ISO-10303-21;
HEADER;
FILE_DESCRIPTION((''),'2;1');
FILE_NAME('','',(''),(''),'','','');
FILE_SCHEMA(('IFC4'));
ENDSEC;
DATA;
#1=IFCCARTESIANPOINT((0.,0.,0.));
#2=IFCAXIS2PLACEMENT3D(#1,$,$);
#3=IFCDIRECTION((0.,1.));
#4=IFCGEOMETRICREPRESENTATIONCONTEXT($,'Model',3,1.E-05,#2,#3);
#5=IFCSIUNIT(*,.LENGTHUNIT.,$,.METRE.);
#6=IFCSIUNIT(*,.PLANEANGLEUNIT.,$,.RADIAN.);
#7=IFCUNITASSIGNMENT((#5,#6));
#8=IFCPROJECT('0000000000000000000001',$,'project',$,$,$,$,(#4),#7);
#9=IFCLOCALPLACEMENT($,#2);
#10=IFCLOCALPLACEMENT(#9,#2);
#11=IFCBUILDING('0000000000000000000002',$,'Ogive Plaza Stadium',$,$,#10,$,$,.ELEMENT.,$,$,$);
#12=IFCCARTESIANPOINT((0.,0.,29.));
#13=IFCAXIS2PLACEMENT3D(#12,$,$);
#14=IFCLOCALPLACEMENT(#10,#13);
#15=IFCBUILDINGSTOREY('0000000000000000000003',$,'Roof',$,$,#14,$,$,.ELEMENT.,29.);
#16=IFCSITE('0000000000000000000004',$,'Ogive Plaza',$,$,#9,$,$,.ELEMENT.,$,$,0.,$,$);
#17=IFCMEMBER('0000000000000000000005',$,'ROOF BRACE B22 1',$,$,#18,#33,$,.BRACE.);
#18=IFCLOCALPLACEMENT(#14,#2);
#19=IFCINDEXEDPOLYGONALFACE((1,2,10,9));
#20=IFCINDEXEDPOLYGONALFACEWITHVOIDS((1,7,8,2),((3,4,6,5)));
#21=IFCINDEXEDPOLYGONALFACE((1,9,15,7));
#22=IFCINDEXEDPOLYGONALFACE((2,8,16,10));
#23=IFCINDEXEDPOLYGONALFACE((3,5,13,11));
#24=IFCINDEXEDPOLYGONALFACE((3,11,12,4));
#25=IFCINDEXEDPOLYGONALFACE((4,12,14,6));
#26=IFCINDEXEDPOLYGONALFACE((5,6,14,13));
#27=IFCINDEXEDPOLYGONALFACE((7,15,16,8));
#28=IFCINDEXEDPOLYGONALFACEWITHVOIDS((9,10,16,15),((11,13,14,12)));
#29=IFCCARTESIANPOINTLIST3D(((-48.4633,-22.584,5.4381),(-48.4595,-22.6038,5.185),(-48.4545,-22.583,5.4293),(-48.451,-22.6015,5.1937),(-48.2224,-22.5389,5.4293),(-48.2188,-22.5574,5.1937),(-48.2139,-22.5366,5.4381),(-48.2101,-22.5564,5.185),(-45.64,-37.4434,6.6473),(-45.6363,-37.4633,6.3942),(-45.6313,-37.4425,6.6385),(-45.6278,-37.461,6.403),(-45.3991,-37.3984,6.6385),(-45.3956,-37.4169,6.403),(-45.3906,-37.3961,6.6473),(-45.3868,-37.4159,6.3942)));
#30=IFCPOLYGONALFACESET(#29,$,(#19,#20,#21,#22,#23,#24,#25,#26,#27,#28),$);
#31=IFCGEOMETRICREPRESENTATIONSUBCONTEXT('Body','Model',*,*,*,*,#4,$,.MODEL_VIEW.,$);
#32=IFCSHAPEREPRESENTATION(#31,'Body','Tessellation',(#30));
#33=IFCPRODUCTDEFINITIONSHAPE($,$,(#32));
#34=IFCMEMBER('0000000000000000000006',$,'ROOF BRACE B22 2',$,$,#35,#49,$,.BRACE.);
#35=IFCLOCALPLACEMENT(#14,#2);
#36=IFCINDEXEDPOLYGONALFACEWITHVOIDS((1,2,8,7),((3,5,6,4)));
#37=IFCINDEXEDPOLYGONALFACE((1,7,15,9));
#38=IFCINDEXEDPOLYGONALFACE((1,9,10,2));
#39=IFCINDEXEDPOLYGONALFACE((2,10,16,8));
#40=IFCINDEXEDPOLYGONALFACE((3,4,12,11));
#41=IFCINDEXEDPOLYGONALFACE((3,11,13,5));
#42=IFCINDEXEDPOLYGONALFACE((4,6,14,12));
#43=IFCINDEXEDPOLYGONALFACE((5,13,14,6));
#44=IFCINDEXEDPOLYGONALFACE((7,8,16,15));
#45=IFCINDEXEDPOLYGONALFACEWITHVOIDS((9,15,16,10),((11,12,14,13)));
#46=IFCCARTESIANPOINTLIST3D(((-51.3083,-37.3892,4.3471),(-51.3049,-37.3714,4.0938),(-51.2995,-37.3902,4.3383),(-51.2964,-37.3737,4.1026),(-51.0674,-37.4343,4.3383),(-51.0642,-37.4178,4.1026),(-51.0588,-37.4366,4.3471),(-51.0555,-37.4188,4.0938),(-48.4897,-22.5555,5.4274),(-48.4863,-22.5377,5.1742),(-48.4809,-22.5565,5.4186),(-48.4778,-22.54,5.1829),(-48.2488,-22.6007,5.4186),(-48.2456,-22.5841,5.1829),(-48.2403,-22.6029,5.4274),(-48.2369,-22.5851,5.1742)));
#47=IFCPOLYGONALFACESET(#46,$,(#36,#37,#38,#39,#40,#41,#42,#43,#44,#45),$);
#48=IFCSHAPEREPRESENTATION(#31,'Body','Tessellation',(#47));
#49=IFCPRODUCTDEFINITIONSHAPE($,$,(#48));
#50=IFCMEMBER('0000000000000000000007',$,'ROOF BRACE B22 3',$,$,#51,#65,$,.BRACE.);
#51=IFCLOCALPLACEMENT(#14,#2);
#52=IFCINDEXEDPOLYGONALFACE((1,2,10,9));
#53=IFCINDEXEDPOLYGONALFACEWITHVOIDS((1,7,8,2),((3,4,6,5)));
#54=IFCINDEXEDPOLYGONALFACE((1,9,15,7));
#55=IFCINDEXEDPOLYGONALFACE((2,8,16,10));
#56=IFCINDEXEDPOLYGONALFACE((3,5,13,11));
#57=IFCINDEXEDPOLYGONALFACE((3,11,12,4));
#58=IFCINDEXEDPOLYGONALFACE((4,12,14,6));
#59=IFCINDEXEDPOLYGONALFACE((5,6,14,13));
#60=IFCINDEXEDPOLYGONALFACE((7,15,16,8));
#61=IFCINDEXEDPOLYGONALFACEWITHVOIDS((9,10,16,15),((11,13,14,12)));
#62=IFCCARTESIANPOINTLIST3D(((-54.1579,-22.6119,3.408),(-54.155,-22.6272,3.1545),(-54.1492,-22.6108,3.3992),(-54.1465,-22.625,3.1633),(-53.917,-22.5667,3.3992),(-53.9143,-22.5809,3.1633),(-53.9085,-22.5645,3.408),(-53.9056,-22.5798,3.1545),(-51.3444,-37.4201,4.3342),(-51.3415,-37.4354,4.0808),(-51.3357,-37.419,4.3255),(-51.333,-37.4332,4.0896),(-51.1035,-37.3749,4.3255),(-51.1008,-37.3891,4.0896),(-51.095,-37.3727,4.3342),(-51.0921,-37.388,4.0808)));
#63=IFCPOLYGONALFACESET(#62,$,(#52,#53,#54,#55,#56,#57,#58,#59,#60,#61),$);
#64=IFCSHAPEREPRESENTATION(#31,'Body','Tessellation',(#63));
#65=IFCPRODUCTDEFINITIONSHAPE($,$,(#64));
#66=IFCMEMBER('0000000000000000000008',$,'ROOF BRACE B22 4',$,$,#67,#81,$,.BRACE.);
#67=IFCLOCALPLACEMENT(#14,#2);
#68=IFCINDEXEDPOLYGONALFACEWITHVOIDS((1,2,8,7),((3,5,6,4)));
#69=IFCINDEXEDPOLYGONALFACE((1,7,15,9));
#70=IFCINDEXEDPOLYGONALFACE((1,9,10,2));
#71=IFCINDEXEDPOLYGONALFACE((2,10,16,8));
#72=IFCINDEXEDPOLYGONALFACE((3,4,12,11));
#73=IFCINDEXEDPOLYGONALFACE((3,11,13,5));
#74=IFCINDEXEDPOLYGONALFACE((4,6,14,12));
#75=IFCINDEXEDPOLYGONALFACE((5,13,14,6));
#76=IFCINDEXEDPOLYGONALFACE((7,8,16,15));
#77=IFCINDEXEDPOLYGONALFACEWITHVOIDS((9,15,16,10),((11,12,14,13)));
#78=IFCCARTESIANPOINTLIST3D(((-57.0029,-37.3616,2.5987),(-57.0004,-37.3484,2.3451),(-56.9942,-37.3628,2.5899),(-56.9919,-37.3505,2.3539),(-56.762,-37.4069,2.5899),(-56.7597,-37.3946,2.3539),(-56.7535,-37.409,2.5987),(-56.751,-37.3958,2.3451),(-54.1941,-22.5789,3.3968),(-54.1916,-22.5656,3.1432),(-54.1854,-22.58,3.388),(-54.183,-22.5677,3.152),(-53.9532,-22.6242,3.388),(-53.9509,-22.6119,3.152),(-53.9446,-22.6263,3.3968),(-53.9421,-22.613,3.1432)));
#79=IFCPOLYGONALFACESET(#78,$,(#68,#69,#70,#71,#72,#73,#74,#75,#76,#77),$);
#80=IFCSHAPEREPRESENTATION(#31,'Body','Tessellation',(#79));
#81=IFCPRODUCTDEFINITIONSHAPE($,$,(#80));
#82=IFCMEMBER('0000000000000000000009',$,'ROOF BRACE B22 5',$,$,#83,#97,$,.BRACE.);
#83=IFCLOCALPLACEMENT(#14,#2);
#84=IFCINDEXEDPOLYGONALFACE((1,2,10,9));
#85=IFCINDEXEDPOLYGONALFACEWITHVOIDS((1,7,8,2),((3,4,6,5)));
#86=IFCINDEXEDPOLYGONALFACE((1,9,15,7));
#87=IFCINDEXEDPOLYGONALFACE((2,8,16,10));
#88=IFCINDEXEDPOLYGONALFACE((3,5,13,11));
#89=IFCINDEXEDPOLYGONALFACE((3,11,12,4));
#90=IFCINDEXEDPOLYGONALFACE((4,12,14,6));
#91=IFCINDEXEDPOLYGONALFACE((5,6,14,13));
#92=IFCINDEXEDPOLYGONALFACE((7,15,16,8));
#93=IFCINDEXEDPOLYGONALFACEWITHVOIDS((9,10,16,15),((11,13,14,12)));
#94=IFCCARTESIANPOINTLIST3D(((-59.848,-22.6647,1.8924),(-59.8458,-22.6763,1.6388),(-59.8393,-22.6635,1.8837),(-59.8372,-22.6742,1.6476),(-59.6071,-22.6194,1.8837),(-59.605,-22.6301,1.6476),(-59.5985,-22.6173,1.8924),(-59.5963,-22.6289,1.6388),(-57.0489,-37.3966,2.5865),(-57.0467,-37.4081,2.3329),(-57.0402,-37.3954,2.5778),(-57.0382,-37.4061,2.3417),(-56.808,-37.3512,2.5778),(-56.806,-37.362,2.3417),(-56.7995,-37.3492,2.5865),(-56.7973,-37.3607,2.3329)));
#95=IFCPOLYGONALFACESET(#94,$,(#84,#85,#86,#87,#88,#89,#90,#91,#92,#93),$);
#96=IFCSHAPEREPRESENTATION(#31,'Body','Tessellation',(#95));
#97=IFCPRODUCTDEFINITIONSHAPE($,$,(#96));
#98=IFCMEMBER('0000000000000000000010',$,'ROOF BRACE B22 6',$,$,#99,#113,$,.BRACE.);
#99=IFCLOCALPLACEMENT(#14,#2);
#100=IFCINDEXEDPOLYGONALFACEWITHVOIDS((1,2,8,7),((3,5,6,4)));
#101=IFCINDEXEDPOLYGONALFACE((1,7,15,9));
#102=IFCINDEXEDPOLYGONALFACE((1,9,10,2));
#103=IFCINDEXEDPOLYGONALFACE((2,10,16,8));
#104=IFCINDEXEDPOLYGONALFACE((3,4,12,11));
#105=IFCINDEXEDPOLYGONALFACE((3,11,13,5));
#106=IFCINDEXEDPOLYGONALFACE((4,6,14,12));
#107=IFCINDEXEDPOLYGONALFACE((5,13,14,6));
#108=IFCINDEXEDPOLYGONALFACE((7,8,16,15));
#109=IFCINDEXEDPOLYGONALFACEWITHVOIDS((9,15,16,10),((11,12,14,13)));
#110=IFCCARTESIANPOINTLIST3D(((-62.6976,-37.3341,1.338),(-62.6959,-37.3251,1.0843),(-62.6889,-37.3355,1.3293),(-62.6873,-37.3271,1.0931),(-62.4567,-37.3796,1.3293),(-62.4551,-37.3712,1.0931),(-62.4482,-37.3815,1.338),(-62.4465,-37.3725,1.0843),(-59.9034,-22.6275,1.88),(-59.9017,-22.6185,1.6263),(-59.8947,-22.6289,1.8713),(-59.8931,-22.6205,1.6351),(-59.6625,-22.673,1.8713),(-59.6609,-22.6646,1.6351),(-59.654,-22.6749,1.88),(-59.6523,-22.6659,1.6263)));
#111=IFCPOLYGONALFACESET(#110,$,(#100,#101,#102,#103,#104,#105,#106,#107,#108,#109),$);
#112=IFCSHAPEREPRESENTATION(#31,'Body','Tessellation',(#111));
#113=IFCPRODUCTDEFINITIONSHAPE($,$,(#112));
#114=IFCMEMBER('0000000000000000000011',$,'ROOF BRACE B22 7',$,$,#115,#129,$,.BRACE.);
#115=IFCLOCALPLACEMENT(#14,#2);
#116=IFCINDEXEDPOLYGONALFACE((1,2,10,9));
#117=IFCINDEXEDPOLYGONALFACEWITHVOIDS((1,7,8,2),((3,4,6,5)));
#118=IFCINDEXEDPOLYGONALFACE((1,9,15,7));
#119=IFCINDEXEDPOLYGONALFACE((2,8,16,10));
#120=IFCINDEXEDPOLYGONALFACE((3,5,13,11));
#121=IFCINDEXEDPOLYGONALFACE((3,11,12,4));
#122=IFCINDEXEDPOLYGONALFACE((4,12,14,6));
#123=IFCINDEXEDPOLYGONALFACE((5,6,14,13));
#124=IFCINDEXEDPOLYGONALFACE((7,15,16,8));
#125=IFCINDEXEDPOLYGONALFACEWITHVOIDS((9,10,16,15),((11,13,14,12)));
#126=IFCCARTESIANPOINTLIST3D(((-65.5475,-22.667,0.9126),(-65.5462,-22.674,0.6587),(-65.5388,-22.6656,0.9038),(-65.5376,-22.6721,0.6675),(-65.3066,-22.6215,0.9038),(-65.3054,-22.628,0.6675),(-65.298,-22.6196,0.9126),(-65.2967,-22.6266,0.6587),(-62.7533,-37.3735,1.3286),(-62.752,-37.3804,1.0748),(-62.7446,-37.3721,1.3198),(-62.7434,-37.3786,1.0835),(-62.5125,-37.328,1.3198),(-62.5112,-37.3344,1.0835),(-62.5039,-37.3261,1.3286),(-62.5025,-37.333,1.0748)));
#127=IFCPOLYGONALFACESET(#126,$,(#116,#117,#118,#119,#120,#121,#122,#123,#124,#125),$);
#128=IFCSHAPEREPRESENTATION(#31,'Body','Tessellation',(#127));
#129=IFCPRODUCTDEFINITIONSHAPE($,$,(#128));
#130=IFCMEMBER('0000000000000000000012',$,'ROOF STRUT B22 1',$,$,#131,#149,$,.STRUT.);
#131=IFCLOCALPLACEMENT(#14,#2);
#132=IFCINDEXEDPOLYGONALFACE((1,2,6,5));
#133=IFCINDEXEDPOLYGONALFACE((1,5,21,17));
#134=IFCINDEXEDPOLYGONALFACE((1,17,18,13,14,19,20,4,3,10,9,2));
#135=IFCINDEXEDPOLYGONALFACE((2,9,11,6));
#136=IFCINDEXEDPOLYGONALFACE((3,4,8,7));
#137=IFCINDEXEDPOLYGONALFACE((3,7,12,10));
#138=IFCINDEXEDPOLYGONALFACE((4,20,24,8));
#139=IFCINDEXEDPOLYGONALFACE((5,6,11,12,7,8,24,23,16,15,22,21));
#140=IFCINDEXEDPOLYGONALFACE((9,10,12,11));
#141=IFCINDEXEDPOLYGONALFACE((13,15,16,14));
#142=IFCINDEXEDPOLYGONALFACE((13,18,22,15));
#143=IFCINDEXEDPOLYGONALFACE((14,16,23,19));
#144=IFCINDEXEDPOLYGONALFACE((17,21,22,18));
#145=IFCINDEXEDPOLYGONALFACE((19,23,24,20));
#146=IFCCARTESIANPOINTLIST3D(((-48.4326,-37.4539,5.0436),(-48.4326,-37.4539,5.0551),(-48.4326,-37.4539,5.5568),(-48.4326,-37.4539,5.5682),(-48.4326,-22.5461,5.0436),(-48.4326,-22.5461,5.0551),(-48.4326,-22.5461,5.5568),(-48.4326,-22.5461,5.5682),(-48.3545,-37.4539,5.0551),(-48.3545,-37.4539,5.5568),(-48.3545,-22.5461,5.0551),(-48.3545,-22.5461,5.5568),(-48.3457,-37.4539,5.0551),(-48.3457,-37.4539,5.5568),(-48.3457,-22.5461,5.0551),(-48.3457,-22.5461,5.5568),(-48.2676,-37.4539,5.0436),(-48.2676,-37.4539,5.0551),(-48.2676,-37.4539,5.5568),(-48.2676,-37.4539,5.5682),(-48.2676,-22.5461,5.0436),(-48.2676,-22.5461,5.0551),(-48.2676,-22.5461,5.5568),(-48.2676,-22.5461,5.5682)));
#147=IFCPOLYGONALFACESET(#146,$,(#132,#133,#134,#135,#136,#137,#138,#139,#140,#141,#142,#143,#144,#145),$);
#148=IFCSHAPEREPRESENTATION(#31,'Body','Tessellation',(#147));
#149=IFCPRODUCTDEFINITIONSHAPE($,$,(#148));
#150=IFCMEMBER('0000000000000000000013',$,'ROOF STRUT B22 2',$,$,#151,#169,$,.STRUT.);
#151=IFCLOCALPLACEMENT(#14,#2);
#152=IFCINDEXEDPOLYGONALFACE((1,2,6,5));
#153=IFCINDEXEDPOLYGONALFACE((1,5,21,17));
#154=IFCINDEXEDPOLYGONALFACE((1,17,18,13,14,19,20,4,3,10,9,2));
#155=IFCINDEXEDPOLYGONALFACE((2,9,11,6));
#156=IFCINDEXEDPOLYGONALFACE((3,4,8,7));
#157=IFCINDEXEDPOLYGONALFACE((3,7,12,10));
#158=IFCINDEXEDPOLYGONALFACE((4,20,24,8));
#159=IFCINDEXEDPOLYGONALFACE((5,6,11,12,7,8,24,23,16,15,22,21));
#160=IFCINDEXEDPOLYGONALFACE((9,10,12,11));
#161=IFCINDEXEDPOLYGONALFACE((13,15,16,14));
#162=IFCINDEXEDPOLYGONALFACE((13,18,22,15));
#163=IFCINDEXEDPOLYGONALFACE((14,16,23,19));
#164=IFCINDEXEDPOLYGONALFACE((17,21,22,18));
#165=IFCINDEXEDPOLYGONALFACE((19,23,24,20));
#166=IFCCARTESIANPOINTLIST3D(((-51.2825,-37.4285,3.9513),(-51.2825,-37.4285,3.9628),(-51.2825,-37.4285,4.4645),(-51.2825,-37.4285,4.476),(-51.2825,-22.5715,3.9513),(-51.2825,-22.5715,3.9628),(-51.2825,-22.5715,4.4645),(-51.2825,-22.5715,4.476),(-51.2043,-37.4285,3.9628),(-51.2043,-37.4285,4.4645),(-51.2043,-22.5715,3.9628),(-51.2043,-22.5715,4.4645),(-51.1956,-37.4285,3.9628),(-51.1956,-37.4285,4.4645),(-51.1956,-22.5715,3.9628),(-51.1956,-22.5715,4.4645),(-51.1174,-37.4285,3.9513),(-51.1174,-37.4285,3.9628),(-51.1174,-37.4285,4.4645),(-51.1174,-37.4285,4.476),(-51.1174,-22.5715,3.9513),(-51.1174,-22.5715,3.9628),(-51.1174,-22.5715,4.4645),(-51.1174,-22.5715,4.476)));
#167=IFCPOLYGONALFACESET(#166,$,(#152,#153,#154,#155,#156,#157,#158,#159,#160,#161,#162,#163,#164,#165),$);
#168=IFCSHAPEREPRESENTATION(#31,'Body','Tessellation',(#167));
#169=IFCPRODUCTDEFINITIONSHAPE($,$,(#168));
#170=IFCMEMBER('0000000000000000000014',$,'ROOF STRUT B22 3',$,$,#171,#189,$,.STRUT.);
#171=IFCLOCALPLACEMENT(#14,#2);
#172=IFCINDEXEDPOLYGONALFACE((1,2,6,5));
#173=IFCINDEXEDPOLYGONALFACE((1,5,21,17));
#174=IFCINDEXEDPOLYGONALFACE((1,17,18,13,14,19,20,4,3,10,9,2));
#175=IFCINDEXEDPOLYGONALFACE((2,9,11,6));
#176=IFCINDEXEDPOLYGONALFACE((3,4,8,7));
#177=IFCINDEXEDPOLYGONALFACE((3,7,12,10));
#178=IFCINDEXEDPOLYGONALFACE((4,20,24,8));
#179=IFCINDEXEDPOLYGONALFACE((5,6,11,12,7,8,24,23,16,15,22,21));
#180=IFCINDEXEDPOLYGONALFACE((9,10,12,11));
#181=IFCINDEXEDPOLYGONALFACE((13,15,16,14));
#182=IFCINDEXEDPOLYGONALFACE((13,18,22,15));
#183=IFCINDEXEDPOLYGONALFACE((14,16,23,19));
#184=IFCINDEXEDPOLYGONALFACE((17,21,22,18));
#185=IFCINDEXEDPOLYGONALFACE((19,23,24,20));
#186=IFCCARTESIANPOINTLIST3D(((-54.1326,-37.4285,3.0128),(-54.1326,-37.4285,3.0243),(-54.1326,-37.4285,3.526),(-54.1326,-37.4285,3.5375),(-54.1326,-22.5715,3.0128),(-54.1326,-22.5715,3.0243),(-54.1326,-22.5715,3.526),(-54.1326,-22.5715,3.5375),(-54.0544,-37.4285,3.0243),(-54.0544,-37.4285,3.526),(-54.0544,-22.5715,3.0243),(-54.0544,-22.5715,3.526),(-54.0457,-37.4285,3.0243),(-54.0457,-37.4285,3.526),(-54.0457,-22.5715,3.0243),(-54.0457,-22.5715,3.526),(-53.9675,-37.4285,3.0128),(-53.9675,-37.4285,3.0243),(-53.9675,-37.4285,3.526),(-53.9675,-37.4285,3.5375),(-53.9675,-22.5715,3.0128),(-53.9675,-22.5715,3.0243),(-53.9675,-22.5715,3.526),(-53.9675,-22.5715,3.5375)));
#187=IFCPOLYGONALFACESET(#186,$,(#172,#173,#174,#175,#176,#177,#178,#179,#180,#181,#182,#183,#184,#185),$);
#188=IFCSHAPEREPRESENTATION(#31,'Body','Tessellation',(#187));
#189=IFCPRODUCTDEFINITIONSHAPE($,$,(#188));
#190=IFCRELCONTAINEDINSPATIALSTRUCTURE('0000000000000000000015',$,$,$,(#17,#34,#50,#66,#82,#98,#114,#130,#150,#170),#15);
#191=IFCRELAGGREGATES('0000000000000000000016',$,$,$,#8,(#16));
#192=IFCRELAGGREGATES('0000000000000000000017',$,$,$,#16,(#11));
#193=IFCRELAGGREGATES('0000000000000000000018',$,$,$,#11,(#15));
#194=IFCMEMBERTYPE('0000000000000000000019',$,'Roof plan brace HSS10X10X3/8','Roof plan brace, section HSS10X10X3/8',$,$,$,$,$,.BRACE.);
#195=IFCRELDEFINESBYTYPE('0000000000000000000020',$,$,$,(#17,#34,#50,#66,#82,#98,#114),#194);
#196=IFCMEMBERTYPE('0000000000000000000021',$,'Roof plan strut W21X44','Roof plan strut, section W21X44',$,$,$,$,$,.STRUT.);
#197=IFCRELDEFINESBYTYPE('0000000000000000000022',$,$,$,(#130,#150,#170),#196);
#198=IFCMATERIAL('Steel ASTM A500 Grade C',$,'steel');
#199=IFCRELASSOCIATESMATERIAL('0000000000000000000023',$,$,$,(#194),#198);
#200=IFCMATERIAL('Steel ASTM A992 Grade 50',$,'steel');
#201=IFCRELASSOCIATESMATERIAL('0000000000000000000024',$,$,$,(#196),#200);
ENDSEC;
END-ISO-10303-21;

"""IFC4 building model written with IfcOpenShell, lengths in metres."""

from ifc_helpers import new_model, si_unit, direction, frame, origin, origin_2d, place, context, subcontext, project, spatial, hollow_rectangle, i_section, extrude, material, material_profile, profile_set, type_object, element, save


model = new_model("IFC4")

# Units and contexts
model_context = context("Model", 3, precision=1e-05, world=origin(), true_north=direction((0.0, 1.0)))
body_context = subcontext(model_context, "Body", "Model", "MODEL_VIEW")
ifc_project = project(units=[si_unit("LENGTHUNIT", "METRE"), si_unit("PLANEANGLEUNIT", "RADIAN")], contexts=[model_context])

# Site, building, storey
site_placement = place(None, origin())
site = spatial("IfcSite", under=ifc_project, at=site_placement, Name="Ogive Plaza", CompositionType="ELEMENT", RefElevation=0.0)
building_placement = place(site_placement, origin())
building = spatial("IfcBuilding", under=site, at=building_placement, Name="Ogive Plaza Stadium", CompositionType="ELEMENT")
storey_placement = place(building_placement, frame((0.0, 0.0, 29.0)))
storey = spatial("IfcBuildingStorey", under=building, at=storey_placement, Name="Roof", CompositionType="ELEMENT", Elevation=29.0)

# Members
ifc_material_1 = material(Name="Steel ASTM A500 Grade C", Category="steel")
ifc_material_profile_1 = material_profile(ifc_material_1, hollow_rectangle(XDim=0.2539, YDim=0.2539, WallThickness=0.0088, at=origin_2d()), Name="HSS10X10X3/8")
ifc_profile_set_1 = profile_set([ifc_material_profile_1], Name="Steel ASTM A500 Grade C")
member_type_1 = type_object("IfcMemberType", Name="Roof plan brace HSS10X10X3/8", Description="Roof plan brace, section HSS10X10X3/8", PredefinedType="BRACE", material=ifc_profile_set_1)
member_1_placement = place(storey_placement, frame((-45.5134, -37.4297, 6.5208), z_axis=(-0.186064, 0.9793, -0.079694), x_axis=(-0.982425, -0.186658, 0.0)))
element("IfcMember", 1, at=member_1_placement, inside=storey, type_object=member_type_1, Name="ROOF BRACE B22 1", PredefinedType="BRACE", context=body_context, shape_type="SweptSolid", body=[
    extrude(hollow_rectangle(XDim=0.2539, YDim=0.2539, WallThickness=0.0088, at=origin_2d()), origin(), (0.0, 0.0, 1.0), 15.1736),
])
member_2_placement = place(storey_placement, frame((-48.3633, -22.5703, 5.3008), z_axis=(-0.186197, -0.979917, -0.071366), x_axis=(0.982422, -0.186673, 0.0)))
element("IfcMember", 2, at=member_2_placement, inside=storey, type_object=member_type_1, Name="ROOF BRACE B22 2", PredefinedType="BRACE", context=body_context, shape_type="SweptSolid", body=[
    extrude(hollow_rectangle(XDim=0.2539, YDim=0.2539, WallThickness=0.0088, at=origin_2d()), origin(), (0.0, 0.0, 1.0), 15.1377),
])
member_3_placement = place(storey_placement, frame((-51.2183, -37.4041, 4.2075), z_axis=(-0.186305, 0.980575, -0.061336), x_axis=(-0.982425, -0.186657, 0.0)))
element("IfcMember", 3, at=member_3_placement, inside=storey, type_object=member_type_1, Name="ROOF BRACE B22 3", PredefinedType="BRACE", context=body_context, shape_type="SweptSolid", body=[
    extrude(hollow_rectangle(XDim=0.2539, YDim=0.2539, WallThickness=0.0088, at=origin_2d()), origin(), (0.0, 0.0, 1.0), 15.1016),
])
member_4_placement = place(storey_placement, frame((-54.0681, -22.5959, 3.27), z_axis=(-0.186406, -0.981044, -0.052965), x_axis=(0.982423, -0.186668, 0.0)))
element("IfcMember", 4, at=member_4_placement, inside=storey, type_object=member_type_1, Name="ROOF BRACE B22 4", PredefinedType="BRACE", context=body_context, shape_type="SweptSolid", body=[
    extrude(hollow_rectangle(XDim=0.2539, YDim=0.2539, WallThickness=0.0088, at=origin_2d()), origin(), (0.0, 0.0, 1.0), 15.0684),
])
member_5_placement = place(storey_placement, frame((-56.9231, -37.3787, 2.4597), z_axis=(-0.186461, 0.981374, -0.046237), x_axis=(-0.982424, -0.186661, 0.0)))
element("IfcMember", 5, at=member_5_placement, inside=storey, type_object=member_type_1, Name="ROOF BRACE B22 5", PredefinedType="BRACE", context=body_context, shape_type="SweptSolid", body=[
    extrude(hollow_rectangle(XDim=0.2539, YDim=0.2539, WallThickness=0.0088, at=origin_2d()), origin(), (0.0, 0.0, 1.0), 15.0115),
])
member_6_placement = place(storey_placement, frame((-59.7778, -22.6467, 1.7532), z_axis=(-0.186535, -0.981782, -0.036182), x_axis=(0.982425, -0.186657, 0.0)))
element("IfcMember", 6, at=member_6_placement, inside=storey, type_object=member_type_1, Name="ROOF BRACE B22 6", PredefinedType="BRACE", context=body_context, shape_type="SweptSolid", body=[
    extrude(hollow_rectangle(XDim=0.2539, YDim=0.2539, WallThickness=0.0088, at=origin_2d()), origin(), (0.0, 0.0, 1.0), 14.9795),
])
member_7_placement = place(storey_placement, frame((-62.6279, -37.3533, 1.2017), z_axis=(-0.186585, 0.982046, -0.02778), x_axis=(-0.982425, -0.186657, 0.0)))
element("IfcMember", 7, at=member_7_placement, inside=storey, type_object=member_type_1, Name="ROOF BRACE B22 7", PredefinedType="BRACE", context=body_context, shape_type="SweptSolid", body=[
    extrude(hollow_rectangle(XDim=0.2539, YDim=0.2539, WallThickness=0.0088, at=origin_2d()), origin(), (0.0, 0.0, 1.0), 14.9753),
])
ifc_material_2 = material(Name="Steel ASTM A992 Grade 50", Category="steel")
ifc_material_profile_2 = material_profile(ifc_material_2, i_section(OverallWidth=0.165, OverallDepth=0.5247, WebThickness=0.0088, FlangeThickness=0.0115, at=origin_2d()), Name="W21X44")
ifc_profile_set_2 = profile_set([ifc_material_profile_2], Name="Steel ASTM A992 Grade 50")
member_type_2 = type_object("IfcMemberType", Name="Roof plan strut W21X44", Description="Roof plan strut, section W21X44", PredefinedType="STRUT", material=ifc_profile_set_2)
member_8_placement = place(storey_placement, frame((-48.3501, -37.4539, 5.3059), z_axis=(0.0, 1.0, 0.0), x_axis=(-1.0, 0.0, 0.0)))
element("IfcMember", 8, at=member_8_placement, inside=storey, type_object=member_type_2, Name="ROOF STRUT B22 1", PredefinedType="STRUT", context=body_context, shape_type="SweptSolid", body=[
    extrude(i_section(OverallWidth=0.165, OverallDepth=0.5247, WebThickness=0.0088, FlangeThickness=0.0115, at=origin_2d()), origin(), (0.0, 0.0, 1.0), 14.9077),
])
for number, where, z_axis, x_axis, name in (
    (9, (-51.2, -37.4285, 4.2136), (0.0, 1.0, 0.0), (-1.0, 0.0, 0.0), "ROOF STRUT B22 2"),
    (10, (-54.05, -37.4285, 3.2751), (0.0, 1.0, 0.0), (-1.0, 0.0, 0.0), "ROOF STRUT B22 3"),
):
    element("IfcMember", number, at=place(storey_placement, frame(where, z_axis=z_axis, x_axis=x_axis)), inside=storey, type_object=member_type_2, Name=name, PredefinedType="STRUT", context=body_context, shape_type="SweptSolid", body=[
        extrude(i_section(OverallWidth=0.165, OverallDepth=0.5247, WebThickness=0.0088, FlangeThickness=0.0115, at=origin_2d()), origin(), (0.0, 0.0, 1.0), 14.8569),
    ])

save(model, "model.ifc")
